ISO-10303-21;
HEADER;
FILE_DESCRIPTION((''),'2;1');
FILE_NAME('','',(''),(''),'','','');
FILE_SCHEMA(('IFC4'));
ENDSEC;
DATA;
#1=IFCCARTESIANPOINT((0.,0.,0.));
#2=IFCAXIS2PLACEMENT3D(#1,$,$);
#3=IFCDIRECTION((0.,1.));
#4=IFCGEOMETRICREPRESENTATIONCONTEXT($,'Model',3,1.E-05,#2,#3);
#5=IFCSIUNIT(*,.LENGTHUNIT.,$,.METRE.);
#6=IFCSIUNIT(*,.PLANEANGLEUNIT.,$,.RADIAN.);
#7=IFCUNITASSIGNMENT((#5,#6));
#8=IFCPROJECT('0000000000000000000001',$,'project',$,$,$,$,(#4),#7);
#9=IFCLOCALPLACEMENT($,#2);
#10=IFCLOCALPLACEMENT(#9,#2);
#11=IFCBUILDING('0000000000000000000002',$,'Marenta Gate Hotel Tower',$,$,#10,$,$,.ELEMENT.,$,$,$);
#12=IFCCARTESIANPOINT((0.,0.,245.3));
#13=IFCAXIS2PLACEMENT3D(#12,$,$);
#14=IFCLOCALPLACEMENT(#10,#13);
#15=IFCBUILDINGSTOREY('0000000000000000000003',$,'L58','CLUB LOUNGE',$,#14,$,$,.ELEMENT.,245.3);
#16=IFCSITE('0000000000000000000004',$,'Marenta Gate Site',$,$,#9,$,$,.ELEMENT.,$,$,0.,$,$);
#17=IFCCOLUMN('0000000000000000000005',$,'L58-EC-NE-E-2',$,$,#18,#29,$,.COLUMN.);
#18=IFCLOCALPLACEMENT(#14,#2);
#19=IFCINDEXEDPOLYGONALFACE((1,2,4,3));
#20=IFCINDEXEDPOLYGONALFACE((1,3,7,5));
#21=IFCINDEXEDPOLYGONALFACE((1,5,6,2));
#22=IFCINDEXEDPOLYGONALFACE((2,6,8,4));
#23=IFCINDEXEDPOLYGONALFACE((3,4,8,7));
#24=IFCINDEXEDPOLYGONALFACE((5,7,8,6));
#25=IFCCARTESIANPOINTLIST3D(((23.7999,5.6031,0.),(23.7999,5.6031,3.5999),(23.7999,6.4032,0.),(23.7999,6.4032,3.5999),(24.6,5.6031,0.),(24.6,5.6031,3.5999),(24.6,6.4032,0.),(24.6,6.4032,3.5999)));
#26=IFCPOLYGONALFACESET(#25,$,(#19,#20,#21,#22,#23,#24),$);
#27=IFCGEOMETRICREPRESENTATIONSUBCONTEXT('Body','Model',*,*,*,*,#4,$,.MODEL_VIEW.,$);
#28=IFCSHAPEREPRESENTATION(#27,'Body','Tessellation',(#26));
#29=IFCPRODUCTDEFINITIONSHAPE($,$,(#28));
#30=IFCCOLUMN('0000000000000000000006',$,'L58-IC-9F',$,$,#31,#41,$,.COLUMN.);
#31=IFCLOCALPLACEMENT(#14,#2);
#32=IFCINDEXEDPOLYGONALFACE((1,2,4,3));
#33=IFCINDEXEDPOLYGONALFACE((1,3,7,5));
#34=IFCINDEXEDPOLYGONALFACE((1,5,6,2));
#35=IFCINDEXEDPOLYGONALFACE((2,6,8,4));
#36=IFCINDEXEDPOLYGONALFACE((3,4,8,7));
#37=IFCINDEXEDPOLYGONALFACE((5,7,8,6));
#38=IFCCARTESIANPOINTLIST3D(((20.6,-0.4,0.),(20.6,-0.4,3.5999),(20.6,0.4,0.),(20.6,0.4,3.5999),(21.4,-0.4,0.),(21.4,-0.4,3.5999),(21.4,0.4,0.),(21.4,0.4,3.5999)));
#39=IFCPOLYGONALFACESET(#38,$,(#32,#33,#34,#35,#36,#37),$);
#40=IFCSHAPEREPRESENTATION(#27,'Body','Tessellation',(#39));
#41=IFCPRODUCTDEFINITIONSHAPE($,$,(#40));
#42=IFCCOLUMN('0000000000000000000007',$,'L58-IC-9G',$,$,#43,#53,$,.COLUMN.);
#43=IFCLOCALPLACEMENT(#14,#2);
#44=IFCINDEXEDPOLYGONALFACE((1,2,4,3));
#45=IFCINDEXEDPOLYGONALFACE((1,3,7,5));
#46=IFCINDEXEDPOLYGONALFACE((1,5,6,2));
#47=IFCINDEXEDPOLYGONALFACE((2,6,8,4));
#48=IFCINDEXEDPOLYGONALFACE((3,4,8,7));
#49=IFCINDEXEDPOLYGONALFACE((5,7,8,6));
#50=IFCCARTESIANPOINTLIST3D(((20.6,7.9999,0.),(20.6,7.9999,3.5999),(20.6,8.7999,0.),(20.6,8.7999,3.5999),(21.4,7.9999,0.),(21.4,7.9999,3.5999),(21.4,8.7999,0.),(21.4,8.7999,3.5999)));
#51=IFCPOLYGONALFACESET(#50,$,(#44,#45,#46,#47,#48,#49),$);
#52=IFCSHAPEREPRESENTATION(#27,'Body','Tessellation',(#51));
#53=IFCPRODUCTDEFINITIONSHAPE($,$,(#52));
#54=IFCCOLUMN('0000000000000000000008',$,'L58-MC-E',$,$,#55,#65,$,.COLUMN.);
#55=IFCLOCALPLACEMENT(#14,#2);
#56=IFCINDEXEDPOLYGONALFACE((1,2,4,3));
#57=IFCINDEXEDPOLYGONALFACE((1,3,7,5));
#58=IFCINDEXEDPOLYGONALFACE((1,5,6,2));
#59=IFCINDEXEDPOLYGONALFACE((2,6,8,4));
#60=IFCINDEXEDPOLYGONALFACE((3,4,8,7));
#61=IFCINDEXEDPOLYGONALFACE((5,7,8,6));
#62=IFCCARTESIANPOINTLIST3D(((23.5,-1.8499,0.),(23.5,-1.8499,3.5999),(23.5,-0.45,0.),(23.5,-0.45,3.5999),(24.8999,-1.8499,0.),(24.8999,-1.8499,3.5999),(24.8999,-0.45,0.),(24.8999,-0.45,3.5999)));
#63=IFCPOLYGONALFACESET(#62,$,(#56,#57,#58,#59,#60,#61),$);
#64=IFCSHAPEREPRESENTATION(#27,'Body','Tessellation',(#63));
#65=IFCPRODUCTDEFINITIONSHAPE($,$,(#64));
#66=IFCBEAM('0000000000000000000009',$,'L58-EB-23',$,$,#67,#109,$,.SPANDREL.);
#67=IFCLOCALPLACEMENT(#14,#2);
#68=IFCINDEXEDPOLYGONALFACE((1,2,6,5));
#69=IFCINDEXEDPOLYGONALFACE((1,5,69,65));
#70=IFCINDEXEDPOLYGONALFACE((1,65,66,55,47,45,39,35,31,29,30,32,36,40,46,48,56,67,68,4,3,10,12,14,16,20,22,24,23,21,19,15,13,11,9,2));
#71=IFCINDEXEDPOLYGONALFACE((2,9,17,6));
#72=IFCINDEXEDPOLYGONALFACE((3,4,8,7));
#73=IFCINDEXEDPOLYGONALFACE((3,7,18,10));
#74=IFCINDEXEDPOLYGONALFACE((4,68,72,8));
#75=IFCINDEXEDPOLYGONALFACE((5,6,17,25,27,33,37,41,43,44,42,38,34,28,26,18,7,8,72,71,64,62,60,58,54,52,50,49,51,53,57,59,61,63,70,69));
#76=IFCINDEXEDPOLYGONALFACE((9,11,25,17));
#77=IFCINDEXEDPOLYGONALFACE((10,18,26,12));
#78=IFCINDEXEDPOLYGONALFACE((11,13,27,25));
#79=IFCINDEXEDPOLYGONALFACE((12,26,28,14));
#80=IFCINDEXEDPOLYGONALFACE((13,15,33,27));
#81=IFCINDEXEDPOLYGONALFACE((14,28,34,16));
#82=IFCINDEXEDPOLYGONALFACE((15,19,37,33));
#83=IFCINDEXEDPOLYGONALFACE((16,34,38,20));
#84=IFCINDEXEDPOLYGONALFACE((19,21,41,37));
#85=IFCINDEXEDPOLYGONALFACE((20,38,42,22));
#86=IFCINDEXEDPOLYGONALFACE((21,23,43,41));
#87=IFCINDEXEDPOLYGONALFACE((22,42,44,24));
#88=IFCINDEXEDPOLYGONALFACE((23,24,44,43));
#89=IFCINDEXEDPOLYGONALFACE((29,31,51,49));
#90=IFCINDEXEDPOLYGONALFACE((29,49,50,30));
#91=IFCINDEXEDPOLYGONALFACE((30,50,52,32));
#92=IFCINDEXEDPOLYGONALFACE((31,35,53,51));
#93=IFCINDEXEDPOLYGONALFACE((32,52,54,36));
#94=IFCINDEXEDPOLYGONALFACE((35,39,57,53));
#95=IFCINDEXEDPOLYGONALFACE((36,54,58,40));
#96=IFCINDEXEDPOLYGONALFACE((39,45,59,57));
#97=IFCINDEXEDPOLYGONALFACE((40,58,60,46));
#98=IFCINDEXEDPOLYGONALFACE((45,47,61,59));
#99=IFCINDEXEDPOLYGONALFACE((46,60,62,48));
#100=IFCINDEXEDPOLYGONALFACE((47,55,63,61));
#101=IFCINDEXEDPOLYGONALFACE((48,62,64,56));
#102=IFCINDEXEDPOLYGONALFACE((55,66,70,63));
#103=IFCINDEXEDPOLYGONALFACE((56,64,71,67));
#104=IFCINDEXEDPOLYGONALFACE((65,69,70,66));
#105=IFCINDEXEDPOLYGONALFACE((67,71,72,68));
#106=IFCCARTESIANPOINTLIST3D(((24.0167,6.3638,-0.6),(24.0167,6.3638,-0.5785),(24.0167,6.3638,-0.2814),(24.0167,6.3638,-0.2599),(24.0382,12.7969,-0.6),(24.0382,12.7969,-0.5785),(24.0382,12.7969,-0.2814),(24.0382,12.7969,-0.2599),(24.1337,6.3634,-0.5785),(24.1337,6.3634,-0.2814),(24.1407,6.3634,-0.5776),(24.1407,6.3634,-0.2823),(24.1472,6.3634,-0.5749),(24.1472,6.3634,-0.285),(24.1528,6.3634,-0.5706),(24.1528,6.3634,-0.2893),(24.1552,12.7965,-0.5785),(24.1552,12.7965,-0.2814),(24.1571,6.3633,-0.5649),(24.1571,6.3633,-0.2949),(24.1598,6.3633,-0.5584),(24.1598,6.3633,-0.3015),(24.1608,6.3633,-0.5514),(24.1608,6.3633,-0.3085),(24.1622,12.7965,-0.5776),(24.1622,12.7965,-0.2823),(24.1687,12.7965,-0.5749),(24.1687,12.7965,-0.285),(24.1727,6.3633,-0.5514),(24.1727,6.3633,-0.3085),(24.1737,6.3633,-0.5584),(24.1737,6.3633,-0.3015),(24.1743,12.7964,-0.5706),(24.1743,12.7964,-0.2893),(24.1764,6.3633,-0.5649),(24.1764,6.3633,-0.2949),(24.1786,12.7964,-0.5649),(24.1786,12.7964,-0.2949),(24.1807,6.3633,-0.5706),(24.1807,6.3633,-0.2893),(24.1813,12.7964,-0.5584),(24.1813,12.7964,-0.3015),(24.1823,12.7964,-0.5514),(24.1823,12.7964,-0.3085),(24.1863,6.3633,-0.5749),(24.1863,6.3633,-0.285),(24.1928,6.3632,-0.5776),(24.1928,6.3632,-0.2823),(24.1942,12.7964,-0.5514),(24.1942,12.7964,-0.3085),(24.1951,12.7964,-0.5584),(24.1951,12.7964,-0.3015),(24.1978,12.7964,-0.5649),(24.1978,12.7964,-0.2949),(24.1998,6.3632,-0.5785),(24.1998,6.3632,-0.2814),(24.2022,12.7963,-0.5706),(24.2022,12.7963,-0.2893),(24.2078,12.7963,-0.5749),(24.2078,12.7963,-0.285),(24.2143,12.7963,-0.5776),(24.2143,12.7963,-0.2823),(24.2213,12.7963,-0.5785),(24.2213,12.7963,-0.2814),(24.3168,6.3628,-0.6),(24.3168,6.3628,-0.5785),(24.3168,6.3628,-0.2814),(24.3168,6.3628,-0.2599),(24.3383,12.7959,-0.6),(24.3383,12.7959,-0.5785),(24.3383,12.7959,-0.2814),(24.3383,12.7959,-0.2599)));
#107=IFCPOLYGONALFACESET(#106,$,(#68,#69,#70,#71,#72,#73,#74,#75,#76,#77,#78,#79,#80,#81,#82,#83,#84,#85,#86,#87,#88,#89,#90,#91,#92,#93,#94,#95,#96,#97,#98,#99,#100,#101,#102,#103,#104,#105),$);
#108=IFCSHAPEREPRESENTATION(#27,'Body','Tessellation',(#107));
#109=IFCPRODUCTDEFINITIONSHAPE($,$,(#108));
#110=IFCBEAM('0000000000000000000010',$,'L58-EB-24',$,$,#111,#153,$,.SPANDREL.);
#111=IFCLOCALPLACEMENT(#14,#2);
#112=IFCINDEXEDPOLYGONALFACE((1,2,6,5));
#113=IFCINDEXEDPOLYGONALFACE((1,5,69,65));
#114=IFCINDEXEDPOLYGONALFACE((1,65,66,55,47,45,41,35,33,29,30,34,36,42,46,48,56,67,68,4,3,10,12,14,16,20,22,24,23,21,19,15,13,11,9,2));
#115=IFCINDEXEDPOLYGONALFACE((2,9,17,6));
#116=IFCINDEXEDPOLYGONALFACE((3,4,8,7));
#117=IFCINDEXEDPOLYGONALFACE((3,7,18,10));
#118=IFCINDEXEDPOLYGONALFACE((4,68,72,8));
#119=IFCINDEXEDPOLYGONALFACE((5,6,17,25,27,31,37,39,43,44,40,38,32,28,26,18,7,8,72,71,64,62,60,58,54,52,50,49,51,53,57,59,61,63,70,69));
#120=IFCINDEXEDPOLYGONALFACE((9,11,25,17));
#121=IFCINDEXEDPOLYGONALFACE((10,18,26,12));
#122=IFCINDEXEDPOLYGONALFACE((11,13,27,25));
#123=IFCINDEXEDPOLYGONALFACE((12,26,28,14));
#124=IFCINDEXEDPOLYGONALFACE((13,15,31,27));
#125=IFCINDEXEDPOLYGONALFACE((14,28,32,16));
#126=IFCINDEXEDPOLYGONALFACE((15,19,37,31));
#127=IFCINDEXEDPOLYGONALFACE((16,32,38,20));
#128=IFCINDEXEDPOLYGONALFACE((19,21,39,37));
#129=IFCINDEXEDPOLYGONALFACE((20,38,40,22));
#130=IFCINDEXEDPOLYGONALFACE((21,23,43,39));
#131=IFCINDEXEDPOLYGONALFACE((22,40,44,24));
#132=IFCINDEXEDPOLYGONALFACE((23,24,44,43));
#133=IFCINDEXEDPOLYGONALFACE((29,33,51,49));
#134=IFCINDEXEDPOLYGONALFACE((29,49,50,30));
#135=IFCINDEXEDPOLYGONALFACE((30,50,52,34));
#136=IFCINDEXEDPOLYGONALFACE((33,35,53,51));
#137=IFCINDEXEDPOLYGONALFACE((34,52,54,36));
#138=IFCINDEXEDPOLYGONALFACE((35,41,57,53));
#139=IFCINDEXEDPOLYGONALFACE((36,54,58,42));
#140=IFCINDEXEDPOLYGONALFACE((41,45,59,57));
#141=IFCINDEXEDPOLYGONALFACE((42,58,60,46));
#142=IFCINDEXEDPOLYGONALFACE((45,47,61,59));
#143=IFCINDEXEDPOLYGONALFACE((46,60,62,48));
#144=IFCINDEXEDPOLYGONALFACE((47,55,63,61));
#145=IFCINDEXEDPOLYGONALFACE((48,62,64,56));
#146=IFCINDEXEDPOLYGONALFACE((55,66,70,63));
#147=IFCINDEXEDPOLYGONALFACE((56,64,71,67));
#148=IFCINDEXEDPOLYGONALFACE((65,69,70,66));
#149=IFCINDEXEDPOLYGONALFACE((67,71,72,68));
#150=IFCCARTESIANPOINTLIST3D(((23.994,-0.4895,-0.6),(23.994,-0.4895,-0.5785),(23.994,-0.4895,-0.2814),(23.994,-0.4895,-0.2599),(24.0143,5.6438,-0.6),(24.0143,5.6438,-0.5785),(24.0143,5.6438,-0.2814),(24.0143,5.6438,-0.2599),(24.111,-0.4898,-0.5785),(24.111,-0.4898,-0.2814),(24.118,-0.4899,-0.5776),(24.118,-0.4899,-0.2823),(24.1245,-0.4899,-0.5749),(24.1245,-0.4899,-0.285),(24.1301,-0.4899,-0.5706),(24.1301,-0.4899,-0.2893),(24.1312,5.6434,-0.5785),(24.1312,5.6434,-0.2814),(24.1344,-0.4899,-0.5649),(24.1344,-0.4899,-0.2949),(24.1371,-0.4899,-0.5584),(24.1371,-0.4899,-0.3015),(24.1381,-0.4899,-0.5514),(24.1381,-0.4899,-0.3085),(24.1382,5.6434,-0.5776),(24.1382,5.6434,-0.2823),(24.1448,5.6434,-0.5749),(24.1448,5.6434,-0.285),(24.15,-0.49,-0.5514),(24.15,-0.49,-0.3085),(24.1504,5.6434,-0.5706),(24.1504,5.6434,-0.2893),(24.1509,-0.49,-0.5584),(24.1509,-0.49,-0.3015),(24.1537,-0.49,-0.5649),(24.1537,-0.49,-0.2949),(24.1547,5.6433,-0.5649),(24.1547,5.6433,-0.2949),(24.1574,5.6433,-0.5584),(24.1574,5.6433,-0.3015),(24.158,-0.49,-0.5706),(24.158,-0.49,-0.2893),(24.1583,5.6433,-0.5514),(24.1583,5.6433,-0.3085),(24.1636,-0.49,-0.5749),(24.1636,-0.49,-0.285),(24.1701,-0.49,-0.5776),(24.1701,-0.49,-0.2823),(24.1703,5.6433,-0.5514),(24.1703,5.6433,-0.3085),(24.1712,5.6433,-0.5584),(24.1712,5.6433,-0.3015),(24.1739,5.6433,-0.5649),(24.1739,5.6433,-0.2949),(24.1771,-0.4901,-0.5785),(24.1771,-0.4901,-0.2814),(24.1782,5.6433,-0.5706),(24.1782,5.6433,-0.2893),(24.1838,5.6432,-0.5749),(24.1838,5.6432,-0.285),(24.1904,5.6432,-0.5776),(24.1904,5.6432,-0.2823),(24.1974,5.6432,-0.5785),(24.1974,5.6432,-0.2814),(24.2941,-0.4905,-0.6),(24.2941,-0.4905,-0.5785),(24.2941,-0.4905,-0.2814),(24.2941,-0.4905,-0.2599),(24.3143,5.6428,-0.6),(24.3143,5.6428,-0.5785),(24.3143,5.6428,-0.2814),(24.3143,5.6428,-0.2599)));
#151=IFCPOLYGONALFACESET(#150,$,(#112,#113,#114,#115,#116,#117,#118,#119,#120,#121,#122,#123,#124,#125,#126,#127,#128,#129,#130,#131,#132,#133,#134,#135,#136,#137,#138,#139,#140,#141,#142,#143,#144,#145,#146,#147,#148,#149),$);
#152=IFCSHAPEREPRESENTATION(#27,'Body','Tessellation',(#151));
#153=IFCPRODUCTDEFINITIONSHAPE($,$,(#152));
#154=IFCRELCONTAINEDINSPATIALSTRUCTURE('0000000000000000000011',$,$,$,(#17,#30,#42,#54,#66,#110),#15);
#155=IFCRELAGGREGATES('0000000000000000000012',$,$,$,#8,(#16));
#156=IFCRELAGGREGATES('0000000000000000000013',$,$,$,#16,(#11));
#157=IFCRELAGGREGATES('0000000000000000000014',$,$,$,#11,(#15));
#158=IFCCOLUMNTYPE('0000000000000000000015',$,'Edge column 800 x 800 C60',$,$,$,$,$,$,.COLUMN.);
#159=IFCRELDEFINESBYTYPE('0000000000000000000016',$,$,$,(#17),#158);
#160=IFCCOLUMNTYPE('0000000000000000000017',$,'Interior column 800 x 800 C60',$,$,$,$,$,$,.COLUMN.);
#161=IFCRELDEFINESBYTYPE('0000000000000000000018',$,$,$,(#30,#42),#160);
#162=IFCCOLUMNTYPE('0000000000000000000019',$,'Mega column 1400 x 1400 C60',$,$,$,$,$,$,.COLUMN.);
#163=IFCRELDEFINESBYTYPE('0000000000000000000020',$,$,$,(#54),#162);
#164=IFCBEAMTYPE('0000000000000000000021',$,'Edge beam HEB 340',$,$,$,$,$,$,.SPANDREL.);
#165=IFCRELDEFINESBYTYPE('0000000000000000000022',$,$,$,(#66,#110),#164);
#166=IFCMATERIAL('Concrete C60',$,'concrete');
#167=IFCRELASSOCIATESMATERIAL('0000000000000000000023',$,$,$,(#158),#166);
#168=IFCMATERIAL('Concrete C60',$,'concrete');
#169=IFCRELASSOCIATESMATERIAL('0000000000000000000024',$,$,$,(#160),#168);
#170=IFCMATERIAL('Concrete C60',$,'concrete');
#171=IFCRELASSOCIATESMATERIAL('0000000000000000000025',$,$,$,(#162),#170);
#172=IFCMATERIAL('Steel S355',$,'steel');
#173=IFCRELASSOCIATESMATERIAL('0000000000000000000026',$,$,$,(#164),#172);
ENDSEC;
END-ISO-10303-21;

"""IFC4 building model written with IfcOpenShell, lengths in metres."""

from ifc_helpers import new_model, si_unit, direction, frame, origin, origin_2d, place, context, subcontext, project, spatial, rectangle, i_section, extrude, material, material_profile, profile_set, type_object, element, save


model = new_model("IFC4")

# Units and contexts
model_context = context("Model", 3, precision=1e-05, world=origin(), true_north=direction((0.0, 1.0)))
body_context = subcontext(model_context, "Body", "Model", "MODEL_VIEW")
ifc_project = project(units=[si_unit("LENGTHUNIT", "METRE"), si_unit("PLANEANGLEUNIT", "RADIAN")], contexts=[model_context])

# Site, building, storey
site_placement = place(None, origin())
site = spatial("IfcSite", under=ifc_project, at=site_placement, Name="Marenta Gate Site", CompositionType="ELEMENT", RefElevation=0.0)
building_placement = place(site_placement, origin())
building = spatial("IfcBuilding", under=site, at=building_placement, Name="Marenta Gate Hotel Tower", CompositionType="ELEMENT")
storey_placement = place(building_placement, frame((0.0, 0.0, 245.3)))
storey = spatial("IfcBuildingStorey", under=building, at=storey_placement, Name="L58", Description="CLUB LOUNGE", CompositionType="ELEMENT", Elevation=245.3)

# Columns
ifc_material_1 = material(Name="Concrete C60", Category="concrete")
ifc_material_profile_1 = material_profile(ifc_material_1, rectangle(XDim=0.8, YDim=0.8, at=origin_2d()), Name="800 x 800")
ifc_profile_set_1 = profile_set([ifc_material_profile_1], Name="Concrete C60")
column_type_1 = type_object("IfcColumnType", Name="Edge column 800 x 800 C60", PredefinedType="COLUMN", material=ifc_profile_set_1)
column_1_placement = place(storey_placement, frame((24.2, 6.0032, 0.0), z_axis=(0.0, 0.0, 1.0), x_axis=(1.0, 0.0, 0.0)))
element("IfcColumn", 1, at=column_1_placement, inside=storey, type_object=column_type_1, Name="L58-EC-NE-E-2", PredefinedType="COLUMN", context=body_context, shape_type="SweptSolid", body=[
    extrude(rectangle(XDim=0.8, YDim=0.8, at=origin_2d()), origin(), (0.0, 0.0, 1.0), 3.5999),
])
ifc_material_2 = material(Name="Concrete C60", Category="concrete")
ifc_material_profile_2 = material_profile(ifc_material_2, rectangle(XDim=0.8, YDim=0.8, at=origin_2d()), Name="800 x 800")
ifc_profile_set_2 = profile_set([ifc_material_profile_2], Name="Concrete C60")
column_type_2 = type_object("IfcColumnType", Name="Interior column 800 x 800 C60", PredefinedType="COLUMN", material=ifc_profile_set_2)
for number, where, z_axis, x_axis, name in (
    (2, (21.0, 0.0, 0.0), (0.0, 0.0, 1.0), (1.0, 0.0, 0.0), "L58-IC-9F"),
    (3, (21.0, 8.3999, 0.0), (0.0, 0.0, 1.0), (1.0, 0.0, 0.0), "L58-IC-9G"),
):
    element("IfcColumn", number, at=place(storey_placement, frame(where, z_axis=z_axis, x_axis=x_axis)), inside=storey, type_object=column_type_2, Name=name, PredefinedType="COLUMN", context=body_context, shape_type="SweptSolid", body=[
        extrude(rectangle(XDim=0.8, YDim=0.8, at=origin_2d()), origin(), (0.0, 0.0, 1.0), 3.5999),
    ])
ifc_material_3 = material(Name="Concrete C60", Category="concrete")
ifc_material_profile_3 = material_profile(ifc_material_3, rectangle(XDim=1.3999, YDim=1.3999, at=origin_2d()), Name="1400 x 1400")
ifc_profile_set_3 = profile_set([ifc_material_profile_3], Name="Concrete C60")
column_type_3 = type_object("IfcColumnType", Name="Mega column 1400 x 1400 C60", PredefinedType="COLUMN", material=ifc_profile_set_3)
column_2_placement = place(storey_placement, frame((24.2, -1.1499, 0.0), z_axis=(0.0, 0.0, 1.0), x_axis=(1.0, 0.0, 0.0)))
element("IfcColumn", 4, at=column_2_placement, inside=storey, type_object=column_type_3, Name="L58-MC-E", PredefinedType="COLUMN", context=body_context, shape_type="SweptSolid", body=[
    extrude(rectangle(XDim=1.3999, YDim=1.3999, at=origin_2d()), origin(), (0.0, 0.0, 1.0), 3.5999),
])

# Beams
ifc_material_4 = material(Name="Steel S355", Category="steel")
ifc_material_profile_4 = material_profile(ifc_material_4, i_section(OverallWidth=0.3, OverallDepth=0.3401, WebThickness=0.012, FlangeThickness=0.0215, FilletRadius=0.0271, at=origin_2d()), Name="HEB 340")
ifc_profile_set_4 = profile_set([ifc_material_profile_4], Name="Steel S355")
beam_type_1 = type_object("IfcBeamType", Name="Edge beam HEB 340", PredefinedType="SPANDREL", material=ifc_profile_set_4)
beam_1_placement = place(storey_placement, frame((24.1882, 12.7964, -0.4299), z_axis=(-0.00334, -0.999994, 0.0), x_axis=(0.999994, -0.00334, 0.0)))
element("IfcBeam", 5, at=beam_1_placement, inside=storey, type_object=beam_type_1, Name="L58-EB-23", PredefinedType="SPANDREL", context=body_context, shape_type="SweptSolid", body=[
    extrude(i_section(OverallWidth=0.3, OverallDepth=0.3401, WebThickness=0.012, FlangeThickness=0.0215, FilletRadius=0.0271, at=origin_2d()), origin(), (0.0, 0.0, 1.0), 6.4331),
])
beam_2_placement = place(storey_placement, frame((24.1643, 5.6433, -0.4299), z_axis=(-0.003304, -0.999995, 0.0), x_axis=(0.999995, -0.003304, 0.0)))
element("IfcBeam", 6, at=beam_2_placement, inside=storey, type_object=beam_type_1, Name="L58-EB-24", PredefinedType="SPANDREL", context=body_context, shape_type="SweptSolid", body=[
    extrude(i_section(OverallWidth=0.3, OverallDepth=0.3401, WebThickness=0.012, FlangeThickness=0.0215, FilletRadius=0.0271, at=origin_2d()), origin(), (0.0, 0.0, 1.0), 6.1333),
])

save(model, "model.ifc")
